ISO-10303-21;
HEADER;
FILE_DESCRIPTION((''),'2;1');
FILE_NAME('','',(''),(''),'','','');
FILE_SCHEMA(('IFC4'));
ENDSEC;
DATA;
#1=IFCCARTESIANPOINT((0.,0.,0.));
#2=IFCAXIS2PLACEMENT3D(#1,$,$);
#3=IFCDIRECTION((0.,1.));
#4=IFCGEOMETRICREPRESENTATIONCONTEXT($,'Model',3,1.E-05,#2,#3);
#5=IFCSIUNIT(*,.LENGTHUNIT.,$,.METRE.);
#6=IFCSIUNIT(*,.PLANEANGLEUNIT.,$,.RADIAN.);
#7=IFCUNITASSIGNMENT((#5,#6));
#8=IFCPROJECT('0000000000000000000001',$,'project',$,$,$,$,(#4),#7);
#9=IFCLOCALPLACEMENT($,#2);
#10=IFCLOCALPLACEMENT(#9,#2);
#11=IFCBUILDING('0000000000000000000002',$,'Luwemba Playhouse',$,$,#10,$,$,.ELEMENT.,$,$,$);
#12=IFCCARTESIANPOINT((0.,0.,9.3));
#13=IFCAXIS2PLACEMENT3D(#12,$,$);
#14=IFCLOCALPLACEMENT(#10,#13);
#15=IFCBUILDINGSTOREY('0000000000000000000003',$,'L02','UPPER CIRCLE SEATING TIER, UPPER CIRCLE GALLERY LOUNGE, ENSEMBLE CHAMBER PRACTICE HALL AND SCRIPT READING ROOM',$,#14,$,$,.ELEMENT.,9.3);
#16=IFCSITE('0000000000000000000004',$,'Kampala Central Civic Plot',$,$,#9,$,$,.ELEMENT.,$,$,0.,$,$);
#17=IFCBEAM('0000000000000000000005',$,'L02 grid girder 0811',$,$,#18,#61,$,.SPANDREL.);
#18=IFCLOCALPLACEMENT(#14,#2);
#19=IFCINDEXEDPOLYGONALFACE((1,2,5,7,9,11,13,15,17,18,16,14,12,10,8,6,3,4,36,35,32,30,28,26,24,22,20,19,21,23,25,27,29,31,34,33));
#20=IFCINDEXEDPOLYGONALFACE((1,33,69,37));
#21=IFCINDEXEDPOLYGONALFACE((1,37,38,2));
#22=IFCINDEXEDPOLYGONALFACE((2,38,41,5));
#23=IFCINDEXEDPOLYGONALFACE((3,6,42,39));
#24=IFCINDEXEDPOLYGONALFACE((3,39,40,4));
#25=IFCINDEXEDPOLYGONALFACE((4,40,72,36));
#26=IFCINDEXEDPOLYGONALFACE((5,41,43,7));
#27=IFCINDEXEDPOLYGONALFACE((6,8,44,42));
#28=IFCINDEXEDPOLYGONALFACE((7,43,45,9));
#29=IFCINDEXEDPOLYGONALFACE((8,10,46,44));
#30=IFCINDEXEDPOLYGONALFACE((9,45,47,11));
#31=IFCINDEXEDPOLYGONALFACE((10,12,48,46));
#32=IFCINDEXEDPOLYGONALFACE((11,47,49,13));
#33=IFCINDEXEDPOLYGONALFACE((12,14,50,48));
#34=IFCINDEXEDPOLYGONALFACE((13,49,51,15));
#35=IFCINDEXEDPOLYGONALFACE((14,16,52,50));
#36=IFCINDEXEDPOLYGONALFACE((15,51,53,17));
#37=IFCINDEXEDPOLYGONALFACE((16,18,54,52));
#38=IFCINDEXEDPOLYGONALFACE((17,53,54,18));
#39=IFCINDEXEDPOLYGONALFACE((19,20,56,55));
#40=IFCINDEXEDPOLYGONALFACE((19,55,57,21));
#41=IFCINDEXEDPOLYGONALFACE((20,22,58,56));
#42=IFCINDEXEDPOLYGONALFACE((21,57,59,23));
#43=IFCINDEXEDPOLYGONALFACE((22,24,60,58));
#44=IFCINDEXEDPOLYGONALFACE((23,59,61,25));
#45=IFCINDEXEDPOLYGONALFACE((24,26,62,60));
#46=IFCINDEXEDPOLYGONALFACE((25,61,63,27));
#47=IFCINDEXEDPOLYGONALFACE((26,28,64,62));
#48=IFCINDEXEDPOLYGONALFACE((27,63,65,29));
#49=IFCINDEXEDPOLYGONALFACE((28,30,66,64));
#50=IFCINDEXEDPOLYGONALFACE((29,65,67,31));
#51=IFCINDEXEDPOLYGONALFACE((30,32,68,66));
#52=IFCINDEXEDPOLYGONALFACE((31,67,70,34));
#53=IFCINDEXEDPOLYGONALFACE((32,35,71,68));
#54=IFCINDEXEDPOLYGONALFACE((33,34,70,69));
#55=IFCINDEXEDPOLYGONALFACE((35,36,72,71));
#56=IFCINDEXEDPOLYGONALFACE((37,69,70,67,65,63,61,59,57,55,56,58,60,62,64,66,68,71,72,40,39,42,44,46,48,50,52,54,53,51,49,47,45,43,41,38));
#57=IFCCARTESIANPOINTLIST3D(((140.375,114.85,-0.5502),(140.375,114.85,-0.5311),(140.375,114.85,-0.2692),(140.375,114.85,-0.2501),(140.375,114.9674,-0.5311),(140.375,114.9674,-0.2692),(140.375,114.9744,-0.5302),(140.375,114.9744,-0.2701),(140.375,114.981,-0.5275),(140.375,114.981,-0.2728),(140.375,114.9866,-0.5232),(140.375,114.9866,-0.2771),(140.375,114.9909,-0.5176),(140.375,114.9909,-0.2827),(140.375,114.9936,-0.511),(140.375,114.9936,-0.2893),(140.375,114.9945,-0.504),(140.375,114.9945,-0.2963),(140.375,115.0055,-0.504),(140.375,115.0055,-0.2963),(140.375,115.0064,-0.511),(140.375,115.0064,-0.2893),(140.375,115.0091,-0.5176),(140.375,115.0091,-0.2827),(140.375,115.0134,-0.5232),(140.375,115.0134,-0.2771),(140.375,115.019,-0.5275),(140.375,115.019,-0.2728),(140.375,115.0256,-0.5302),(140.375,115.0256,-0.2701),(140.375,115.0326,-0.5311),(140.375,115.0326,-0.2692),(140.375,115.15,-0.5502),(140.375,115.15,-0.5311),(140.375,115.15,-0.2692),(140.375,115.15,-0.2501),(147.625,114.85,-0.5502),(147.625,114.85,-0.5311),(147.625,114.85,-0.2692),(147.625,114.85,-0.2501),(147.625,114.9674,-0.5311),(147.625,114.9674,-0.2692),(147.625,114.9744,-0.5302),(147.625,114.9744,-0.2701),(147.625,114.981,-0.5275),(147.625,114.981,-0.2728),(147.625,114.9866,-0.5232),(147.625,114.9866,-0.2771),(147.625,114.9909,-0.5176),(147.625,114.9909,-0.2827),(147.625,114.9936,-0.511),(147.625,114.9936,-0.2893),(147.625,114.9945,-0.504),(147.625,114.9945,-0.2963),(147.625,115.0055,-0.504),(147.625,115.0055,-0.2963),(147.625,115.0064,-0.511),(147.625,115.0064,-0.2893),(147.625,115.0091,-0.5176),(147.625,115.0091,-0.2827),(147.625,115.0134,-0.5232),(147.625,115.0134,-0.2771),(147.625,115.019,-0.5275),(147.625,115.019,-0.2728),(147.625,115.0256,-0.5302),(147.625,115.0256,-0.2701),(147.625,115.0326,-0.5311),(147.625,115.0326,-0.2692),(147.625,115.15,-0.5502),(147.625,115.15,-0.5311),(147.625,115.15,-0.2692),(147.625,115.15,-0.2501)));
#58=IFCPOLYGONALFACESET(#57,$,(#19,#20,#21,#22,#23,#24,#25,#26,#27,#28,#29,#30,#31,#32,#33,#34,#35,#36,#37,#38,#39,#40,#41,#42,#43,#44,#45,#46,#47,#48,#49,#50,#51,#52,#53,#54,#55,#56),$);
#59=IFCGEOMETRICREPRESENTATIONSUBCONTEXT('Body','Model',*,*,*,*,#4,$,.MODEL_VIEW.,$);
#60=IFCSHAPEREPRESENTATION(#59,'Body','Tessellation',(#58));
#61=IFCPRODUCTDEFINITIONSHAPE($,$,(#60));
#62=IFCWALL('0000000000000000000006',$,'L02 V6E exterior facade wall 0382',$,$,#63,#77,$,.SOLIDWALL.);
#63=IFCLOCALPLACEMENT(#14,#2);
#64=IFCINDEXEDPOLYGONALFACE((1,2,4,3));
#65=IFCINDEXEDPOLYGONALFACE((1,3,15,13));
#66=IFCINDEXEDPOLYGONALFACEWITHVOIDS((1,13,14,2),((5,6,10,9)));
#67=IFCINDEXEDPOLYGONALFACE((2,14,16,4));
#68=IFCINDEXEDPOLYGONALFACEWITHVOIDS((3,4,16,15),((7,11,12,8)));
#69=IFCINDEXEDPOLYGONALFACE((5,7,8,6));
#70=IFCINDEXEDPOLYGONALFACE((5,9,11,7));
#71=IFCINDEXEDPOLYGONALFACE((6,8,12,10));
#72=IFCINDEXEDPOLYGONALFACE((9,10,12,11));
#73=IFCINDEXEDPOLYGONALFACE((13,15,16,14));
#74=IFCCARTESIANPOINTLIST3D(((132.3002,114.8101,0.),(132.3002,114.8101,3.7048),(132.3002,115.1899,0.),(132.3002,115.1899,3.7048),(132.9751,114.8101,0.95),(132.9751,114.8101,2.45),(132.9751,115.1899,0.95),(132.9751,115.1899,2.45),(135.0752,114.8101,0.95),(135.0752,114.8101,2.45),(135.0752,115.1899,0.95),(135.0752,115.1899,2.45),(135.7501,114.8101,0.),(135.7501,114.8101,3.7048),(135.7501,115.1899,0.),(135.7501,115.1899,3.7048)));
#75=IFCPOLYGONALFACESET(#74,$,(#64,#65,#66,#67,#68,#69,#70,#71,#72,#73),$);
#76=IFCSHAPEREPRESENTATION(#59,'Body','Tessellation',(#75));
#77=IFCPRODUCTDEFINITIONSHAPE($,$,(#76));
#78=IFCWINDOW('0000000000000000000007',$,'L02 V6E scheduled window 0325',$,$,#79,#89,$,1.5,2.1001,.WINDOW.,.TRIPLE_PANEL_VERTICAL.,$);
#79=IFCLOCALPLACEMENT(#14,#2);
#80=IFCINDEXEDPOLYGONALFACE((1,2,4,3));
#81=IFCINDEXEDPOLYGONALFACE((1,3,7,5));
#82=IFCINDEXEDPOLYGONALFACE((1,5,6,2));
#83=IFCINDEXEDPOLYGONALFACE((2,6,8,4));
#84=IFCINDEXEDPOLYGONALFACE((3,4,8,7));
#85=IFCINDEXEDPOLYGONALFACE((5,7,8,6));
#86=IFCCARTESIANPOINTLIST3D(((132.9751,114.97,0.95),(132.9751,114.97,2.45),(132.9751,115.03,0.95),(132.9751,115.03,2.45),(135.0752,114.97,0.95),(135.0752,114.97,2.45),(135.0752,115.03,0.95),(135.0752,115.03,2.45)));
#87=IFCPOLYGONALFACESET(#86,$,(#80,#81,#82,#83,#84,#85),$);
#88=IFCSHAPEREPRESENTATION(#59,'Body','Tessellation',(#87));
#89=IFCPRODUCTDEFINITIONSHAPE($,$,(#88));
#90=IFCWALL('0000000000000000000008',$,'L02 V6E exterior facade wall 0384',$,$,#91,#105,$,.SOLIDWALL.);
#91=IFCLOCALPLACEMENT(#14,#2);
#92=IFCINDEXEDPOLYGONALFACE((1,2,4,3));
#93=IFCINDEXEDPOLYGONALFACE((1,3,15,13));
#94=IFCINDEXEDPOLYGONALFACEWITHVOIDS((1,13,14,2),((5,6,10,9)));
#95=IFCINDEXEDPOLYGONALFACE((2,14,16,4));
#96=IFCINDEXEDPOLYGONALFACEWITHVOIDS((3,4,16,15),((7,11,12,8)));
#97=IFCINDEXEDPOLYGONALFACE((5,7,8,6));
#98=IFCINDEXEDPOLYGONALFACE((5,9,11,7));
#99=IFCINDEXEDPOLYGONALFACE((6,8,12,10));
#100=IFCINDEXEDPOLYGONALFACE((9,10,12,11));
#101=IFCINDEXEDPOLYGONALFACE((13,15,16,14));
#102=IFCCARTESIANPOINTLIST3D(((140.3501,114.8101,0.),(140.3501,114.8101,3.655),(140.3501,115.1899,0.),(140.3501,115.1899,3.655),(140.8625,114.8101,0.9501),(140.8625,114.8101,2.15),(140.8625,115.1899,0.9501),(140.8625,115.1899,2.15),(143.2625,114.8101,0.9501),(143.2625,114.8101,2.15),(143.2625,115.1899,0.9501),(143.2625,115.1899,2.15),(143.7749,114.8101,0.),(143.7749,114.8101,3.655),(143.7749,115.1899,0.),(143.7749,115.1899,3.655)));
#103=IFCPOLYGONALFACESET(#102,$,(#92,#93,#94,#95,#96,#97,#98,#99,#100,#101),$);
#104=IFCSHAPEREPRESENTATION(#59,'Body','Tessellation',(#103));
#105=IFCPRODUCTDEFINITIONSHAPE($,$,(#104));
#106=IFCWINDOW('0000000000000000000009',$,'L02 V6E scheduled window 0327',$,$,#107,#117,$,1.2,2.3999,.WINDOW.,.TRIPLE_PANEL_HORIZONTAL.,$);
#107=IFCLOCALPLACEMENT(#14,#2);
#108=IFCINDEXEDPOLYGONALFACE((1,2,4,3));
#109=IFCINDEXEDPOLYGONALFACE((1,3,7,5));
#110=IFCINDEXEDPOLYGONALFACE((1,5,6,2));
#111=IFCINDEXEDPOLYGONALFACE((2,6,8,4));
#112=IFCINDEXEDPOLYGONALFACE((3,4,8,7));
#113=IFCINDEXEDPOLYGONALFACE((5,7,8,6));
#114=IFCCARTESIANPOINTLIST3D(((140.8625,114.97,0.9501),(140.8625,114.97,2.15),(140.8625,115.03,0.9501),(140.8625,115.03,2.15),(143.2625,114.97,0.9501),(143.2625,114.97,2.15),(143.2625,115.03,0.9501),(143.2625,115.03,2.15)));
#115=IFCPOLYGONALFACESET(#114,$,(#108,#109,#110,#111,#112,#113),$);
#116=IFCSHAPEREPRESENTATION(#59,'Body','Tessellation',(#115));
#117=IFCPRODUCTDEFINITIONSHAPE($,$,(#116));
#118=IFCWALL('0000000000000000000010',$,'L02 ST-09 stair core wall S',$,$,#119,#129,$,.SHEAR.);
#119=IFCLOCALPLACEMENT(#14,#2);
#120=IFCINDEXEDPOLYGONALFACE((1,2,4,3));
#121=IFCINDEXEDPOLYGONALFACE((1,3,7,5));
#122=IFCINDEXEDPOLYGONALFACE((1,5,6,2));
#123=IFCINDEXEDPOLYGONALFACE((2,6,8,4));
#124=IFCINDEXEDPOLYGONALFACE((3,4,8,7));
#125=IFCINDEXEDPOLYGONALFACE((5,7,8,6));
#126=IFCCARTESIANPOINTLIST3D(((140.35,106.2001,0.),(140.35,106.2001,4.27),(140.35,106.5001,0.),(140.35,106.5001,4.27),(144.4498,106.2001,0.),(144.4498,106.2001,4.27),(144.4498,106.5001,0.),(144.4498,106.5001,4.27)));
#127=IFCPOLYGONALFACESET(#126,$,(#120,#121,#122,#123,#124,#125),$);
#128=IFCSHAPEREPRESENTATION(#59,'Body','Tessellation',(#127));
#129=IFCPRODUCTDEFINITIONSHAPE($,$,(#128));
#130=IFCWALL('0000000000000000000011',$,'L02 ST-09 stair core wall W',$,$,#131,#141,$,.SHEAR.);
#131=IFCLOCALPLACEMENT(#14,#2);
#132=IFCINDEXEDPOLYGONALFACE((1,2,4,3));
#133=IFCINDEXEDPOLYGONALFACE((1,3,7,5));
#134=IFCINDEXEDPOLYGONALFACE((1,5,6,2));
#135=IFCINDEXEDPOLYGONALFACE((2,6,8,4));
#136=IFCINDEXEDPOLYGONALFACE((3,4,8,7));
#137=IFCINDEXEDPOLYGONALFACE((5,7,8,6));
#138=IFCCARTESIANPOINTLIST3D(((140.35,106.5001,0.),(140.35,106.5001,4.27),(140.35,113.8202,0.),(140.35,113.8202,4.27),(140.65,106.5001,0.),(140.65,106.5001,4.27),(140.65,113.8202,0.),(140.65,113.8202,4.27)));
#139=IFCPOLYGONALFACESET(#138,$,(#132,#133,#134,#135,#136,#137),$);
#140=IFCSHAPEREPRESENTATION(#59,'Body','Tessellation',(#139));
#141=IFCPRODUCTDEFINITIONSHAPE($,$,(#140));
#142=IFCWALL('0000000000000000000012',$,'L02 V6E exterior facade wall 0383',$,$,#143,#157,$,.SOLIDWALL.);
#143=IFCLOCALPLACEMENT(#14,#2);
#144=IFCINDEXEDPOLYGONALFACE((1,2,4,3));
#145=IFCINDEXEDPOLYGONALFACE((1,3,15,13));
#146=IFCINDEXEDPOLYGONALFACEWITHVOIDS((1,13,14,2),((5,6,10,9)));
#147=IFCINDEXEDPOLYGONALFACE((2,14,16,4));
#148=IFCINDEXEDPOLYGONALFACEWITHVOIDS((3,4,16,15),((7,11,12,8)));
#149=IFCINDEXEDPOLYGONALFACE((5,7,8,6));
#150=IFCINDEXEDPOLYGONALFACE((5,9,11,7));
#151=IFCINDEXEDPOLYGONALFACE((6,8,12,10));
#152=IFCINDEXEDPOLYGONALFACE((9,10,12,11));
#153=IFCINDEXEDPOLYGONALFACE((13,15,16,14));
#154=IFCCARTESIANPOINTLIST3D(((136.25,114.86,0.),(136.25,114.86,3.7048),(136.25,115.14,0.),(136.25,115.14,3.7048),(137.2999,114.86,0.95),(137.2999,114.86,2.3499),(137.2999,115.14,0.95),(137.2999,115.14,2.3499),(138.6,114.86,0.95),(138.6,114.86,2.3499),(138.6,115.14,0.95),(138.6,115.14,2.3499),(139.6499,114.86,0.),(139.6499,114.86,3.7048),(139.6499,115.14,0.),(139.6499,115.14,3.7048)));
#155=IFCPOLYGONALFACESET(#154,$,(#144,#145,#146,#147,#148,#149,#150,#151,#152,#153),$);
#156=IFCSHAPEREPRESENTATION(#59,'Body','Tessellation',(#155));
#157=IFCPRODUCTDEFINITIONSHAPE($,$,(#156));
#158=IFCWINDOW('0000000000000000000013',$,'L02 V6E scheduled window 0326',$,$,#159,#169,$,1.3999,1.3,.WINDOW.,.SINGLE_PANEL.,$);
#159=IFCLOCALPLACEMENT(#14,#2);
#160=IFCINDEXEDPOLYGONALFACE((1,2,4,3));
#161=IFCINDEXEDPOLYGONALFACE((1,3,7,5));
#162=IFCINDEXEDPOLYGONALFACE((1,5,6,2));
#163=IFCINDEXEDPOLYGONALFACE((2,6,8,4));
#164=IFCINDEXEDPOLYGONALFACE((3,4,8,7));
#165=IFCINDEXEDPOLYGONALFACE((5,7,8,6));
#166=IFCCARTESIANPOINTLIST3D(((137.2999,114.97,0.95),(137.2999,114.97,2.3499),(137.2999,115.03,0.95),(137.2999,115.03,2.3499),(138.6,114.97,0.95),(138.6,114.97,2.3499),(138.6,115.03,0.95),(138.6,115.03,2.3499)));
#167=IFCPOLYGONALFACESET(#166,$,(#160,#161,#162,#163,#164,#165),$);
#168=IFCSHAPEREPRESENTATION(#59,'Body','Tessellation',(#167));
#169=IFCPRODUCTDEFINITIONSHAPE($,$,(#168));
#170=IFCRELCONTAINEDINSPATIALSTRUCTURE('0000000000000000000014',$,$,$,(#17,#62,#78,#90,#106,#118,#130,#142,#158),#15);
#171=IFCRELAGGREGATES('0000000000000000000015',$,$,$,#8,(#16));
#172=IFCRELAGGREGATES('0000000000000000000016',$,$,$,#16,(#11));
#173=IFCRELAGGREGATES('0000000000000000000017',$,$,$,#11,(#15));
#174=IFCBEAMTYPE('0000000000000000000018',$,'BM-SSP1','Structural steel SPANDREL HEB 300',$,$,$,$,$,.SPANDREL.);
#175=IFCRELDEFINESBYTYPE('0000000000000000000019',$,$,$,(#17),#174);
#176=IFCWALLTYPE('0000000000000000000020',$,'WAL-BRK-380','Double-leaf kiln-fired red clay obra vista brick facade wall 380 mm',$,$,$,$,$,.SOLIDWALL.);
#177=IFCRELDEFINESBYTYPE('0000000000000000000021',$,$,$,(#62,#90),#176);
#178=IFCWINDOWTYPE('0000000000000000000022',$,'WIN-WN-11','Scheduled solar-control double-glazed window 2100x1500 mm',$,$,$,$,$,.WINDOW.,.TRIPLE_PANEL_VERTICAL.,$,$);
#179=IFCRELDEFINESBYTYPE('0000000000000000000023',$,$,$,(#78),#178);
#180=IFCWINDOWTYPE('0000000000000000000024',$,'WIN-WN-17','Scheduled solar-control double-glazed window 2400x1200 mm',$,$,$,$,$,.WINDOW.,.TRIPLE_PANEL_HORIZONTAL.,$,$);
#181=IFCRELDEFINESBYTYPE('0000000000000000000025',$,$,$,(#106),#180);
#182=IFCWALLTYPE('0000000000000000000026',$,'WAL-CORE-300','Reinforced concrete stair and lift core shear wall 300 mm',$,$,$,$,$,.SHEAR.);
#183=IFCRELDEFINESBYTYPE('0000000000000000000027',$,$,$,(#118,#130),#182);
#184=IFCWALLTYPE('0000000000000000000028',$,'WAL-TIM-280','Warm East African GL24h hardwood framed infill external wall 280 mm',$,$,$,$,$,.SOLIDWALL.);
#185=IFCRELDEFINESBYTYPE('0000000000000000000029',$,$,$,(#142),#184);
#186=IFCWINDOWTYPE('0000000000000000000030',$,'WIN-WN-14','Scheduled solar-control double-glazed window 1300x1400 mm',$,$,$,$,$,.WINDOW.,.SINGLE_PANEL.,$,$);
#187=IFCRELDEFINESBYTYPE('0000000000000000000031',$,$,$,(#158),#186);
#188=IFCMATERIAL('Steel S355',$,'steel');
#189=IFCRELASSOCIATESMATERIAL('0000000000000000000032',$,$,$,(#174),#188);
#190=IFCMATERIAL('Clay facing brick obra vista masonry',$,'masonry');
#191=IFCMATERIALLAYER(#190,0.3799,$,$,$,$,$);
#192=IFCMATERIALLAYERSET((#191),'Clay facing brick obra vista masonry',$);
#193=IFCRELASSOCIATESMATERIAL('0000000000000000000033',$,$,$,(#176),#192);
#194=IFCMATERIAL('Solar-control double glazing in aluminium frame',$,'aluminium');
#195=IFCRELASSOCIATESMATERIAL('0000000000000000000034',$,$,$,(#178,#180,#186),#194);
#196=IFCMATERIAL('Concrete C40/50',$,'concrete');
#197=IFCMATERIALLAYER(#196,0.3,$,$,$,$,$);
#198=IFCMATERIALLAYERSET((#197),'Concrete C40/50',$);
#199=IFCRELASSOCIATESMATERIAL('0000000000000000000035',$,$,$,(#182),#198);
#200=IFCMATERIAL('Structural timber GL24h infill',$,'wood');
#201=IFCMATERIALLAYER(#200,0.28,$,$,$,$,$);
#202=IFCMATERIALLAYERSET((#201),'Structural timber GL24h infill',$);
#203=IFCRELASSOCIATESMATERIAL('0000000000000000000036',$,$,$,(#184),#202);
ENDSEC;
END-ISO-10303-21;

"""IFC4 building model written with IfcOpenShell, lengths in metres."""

from ifc_helpers import new_model, si_unit, direction, frame, frame_2d, origin, origin_2d, place, context, subcontext, project, spatial, rectangle, i_section, extrude, material, layer, layer_set, material_profile, profile_set, type_object, element, fill, save


model = new_model("IFC4")

# Units and contexts
model_context = context("Model", 3, precision=1e-05, world=origin(), true_north=direction((0.0, 1.0)))
body_context = subcontext(model_context, "Body", "Model", "MODEL_VIEW")
ifc_project = project(units=[si_unit("LENGTHUNIT", "METRE"), si_unit("PLANEANGLEUNIT", "RADIAN")], contexts=[model_context])

# Site, building, storey
site_placement = place(None, origin())
site = spatial("IfcSite", under=ifc_project, at=site_placement, Name="Kampala Central Civic Plot", CompositionType="ELEMENT", RefElevation=0.0)
building_placement = place(site_placement, origin())
building = spatial("IfcBuilding", under=site, at=building_placement, Name="Luwemba Playhouse", CompositionType="ELEMENT")
storey_placement = place(building_placement, frame((0.0, 0.0, 9.3)))
storey = spatial("IfcBuildingStorey", under=building, at=storey_placement, Name="L02", Description="UPPER CIRCLE SEATING TIER, UPPER CIRCLE GALLERY LOUNGE, ENSEMBLE CHAMBER PRACTICE HALL AND SCRIPT READING ROOM", CompositionType="ELEMENT", Elevation=9.3)

# Shared definitions
ifc_material_1 = material(Name="Concrete C40/50", Category="concrete")

# Beam
ifc_material_2 = material(Name="Steel S355", Category="steel")
ifc_material_profile_1 = material_profile(ifc_material_2, i_section(OverallWidth=0.3, OverallDepth=0.3, WebThickness=0.011, FlangeThickness=0.019, FilletRadius=0.0271, at=origin_2d()))
ifc_profile_set_1 = profile_set([ifc_material_profile_1], Name="Steel S355")
beam_type_1 = type_object("IfcBeamType", Name="BM-SSP1", Description="Structural steel SPANDREL HEB 300", PredefinedType="SPANDREL", material=ifc_profile_set_1)
beam_1_placement = place(storey_placement, frame((140.375, 115.0, -0.4001), z_axis=(1.0, 0.0, 0.0), x_axis=(0.0, 1.0, 0.0)))
element("IfcBeam", 1, at=beam_1_placement, inside=storey, type_object=beam_type_1, Name="L02 grid girder 0811", PredefinedType="SPANDREL", context=body_context, shape_type="SweptSolid", body=[
    extrude(i_section(OverallWidth=0.3, OverallDepth=0.3, WebThickness=0.011, FlangeThickness=0.019, FilletRadius=0.0271, at=origin_2d()), origin(), (0.0, 0.0, 1.0), 7.25),
])

# Walls, openings, windows
ifc_material_3 = material(Name="Clay facing brick obra vista masonry", Category="masonry")
ifc_layer_1 = layer(ifc_material_3, 0.3799)
ifc_layer_set_1 = layer_set([ifc_layer_1], Name="Clay facing brick obra vista masonry")
wall_type_1 = type_object("IfcWallType", Name="WAL-BRK-380", Description="Double-leaf kiln-fired red clay obra vista brick facade wall 380 mm", PredefinedType="SOLIDWALL", material=ifc_layer_set_1)
wall_1_placement = place(storey_placement, frame((132.3, 115.0, 0.0), z_axis=(0.0, 0.0, 1.0), x_axis=(1.0, 0.0, 0.0)))
wall_1 = element("IfcWall", 2, at=wall_1_placement, inside=storey, type_object=wall_type_1, Name="L02 V6E exterior facade wall 0382", PredefinedType="SOLIDWALL", context=body_context, shape_type="SweptSolid", body=[
    extrude(rectangle(XDim=3.45, YDim=0.3799, at=frame_2d((1.7251, 0.0))), origin(), (0.0, 0.0, 1.0), 3.7048),
])
opening_1_placement = place(wall_1_placement, frame((0.675, 0.0, 0.95)))
opening_1 = element("IfcOpeningElement", 3, at=opening_1_placement, cuts=wall_1, PredefinedType="OPENING", context=body_context, shape_type="SweptSolid", body=[
    extrude(rectangle(XDim=2.1001, YDim=1.5, at=frame_2d((1.05, 0.75))), frame((0.0, 0.2, 0.0), z_axis=(0.0, -1.0, 0.0), x_axis=(1.0, 0.0, 0.0)), (0.0, 0.0, 1.0), 0.3999),
])
ifc_material_4 = material(Name="Solar-control double glazing in aluminium frame", Category="aluminium")
window_type_1 = type_object("IfcWindowType", Name="WIN-WN-11", Description="Scheduled solar-control double-glazed window 2100x1500 mm", PartitioningType="TRIPLE_PANEL_VERTICAL", PredefinedType="WINDOW", material=ifc_material_4)
window_1_placement = place(opening_1_placement, origin())
window_1 = element("IfcWindow", 4, at=window_1_placement, inside=storey, type_object=window_type_1, Name="L02 V6E scheduled window 0325", OverallHeight=1.5, OverallWidth=2.1001, PartitioningType="TRIPLE_PANEL_VERTICAL", PredefinedType="WINDOW", context=body_context, shape_type="SweptSolid", body=[
    extrude(rectangle(XDim=2.1001, YDim=1.5, at=frame_2d((1.05, 0.75))), frame((0.0, 0.03, 0.0), z_axis=(0.0, -1.0, 0.0), x_axis=(1.0, 0.0, 0.0)), (0.0, 0.0, 1.0), 0.0601),
])
fill(opening_1, window_1)
wall_2_placement = place(storey_placement, frame((140.3501, 115.0, 0.0), z_axis=(0.0, 0.0, 1.0), x_axis=(1.0, 0.0, 0.0)))
wall_2 = element("IfcWall", 5, at=wall_2_placement, inside=storey, type_object=wall_type_1, Name="L02 V6E exterior facade wall 0384", PredefinedType="SOLIDWALL", context=body_context, shape_type="SweptSolid", body=[
    extrude(rectangle(XDim=3.4248, YDim=0.3799, at=frame_2d((1.7124, 0.0))), origin(), (0.0, 0.0, 1.0), 3.655),
])
opening_2_placement = place(wall_2_placement, frame((0.5125, 0.0, 0.95)))
opening_2 = element("IfcOpeningElement", 6, at=opening_2_placement, cuts=wall_2, PredefinedType="OPENING", context=body_context, shape_type="SweptSolid", body=[
    extrude(rectangle(XDim=2.3999, YDim=1.2, at=frame_2d((1.2, 0.6001))), frame((0.0, 0.2, 0.0), z_axis=(0.0, -1.0, 0.0), x_axis=(1.0, 0.0, 0.0)), (0.0, 0.0, 1.0), 0.3999),
])
window_type_2 = type_object("IfcWindowType", Name="WIN-WN-17", Description="Scheduled solar-control double-glazed window 2400x1200 mm", PartitioningType="TRIPLE_PANEL_HORIZONTAL", PredefinedType="WINDOW", material=ifc_material_4)
window_2_placement = place(opening_2_placement, origin())
window_2 = element("IfcWindow", 7, at=window_2_placement, inside=storey, type_object=window_type_2, Name="L02 V6E scheduled window 0327", OverallHeight=1.2, OverallWidth=2.3999, PartitioningType="TRIPLE_PANEL_HORIZONTAL", PredefinedType="WINDOW", context=body_context, shape_type="SweptSolid", body=[
    extrude(rectangle(XDim=2.3999, YDim=1.2, at=frame_2d((1.2, 0.6001))), frame((0.0, 0.03, 0.0), z_axis=(0.0, -1.0, 0.0), x_axis=(1.0, 0.0, 0.0)), (0.0, 0.0, 1.0), 0.0601),
])
fill(opening_2, window_2)

# Walls
ifc_layer_2 = layer(ifc_material_1, 0.3)
ifc_layer_set_2 = layer_set([ifc_layer_2], Name="Concrete C40/50")
wall_type_2 = type_object("IfcWallType", Name="WAL-CORE-300", Description="Reinforced concrete stair and lift core shear wall 300 mm", PredefinedType="SHEAR", material=ifc_layer_set_2)
wall_3_placement = place(storey_placement, frame((140.3501, 106.3501, 0.0), z_axis=(0.0, 0.0, 1.0), x_axis=(1.0, 0.0, 0.0)))
element("IfcWall", 8, at=wall_3_placement, inside=storey, type_object=wall_type_2, Name="L02 ST-09 stair core wall S", PredefinedType="SHEAR", context=body_context, shape_type="SweptSolid", body=[
    extrude(rectangle(XDim=4.0999, YDim=0.3, at=frame_2d((2.0498, 0.0))), origin(), (0.0, 0.0, 1.0), 4.27),
])
wall_4_placement = place(storey_placement, frame((140.5, 106.5, 0.0), z_axis=(0.0, 0.0, 1.0), x_axis=(0.0, 1.0, 0.0)))
element("IfcWall", 9, at=wall_4_placement, inside=storey, type_object=wall_type_2, Name="L02 ST-09 stair core wall W", PredefinedType="SHEAR", context=body_context, shape_type="SweptSolid", body=[
    extrude(rectangle(XDim=7.3201, YDim=0.3, at=frame_2d((3.6602, 0.0))), origin(), (0.0, 0.0, 1.0), 4.27),
])

# Wall, opening, window
ifc_material_5 = material(Name="Structural timber GL24h infill", Category="wood")
ifc_layer_3 = layer(ifc_material_5, 0.28)
ifc_layer_set_3 = layer_set([ifc_layer_3], Name="Structural timber GL24h infill")
wall_type_3 = type_object("IfcWallType", Name="WAL-TIM-280", Description="Warm East African GL24h hardwood framed infill external wall 280 mm", PredefinedType="SOLIDWALL", material=ifc_layer_set_3)
wall_5_placement = place(storey_placement, frame((136.25, 115.0, 0.0), z_axis=(0.0, 0.0, 1.0), x_axis=(1.0, 0.0, 0.0)))
wall_5 = element("IfcWall", 10, at=wall_5_placement, inside=storey, type_object=wall_type_3, Name="L02 V6E exterior facade wall 0383", PredefinedType="SOLIDWALL", context=body_context, shape_type="SweptSolid", body=[
    extrude(rectangle(XDim=3.3999, YDim=0.28, at=frame_2d((1.7, 0.0))), origin(), (0.0, 0.0, 1.0), 3.7048),
])
opening_3_placement = place(wall_5_placement, frame((1.05, 0.0, 0.95)))
opening_3 = element("IfcOpeningElement", 11, at=opening_3_placement, cuts=wall_5, PredefinedType="OPENING", context=body_context, shape_type="SweptSolid", body=[
    extrude(rectangle(XDim=1.3, YDim=1.3999, at=frame_2d((0.6499, 0.7))), frame((0.0, 0.1499, 0.0), z_axis=(0.0, -1.0, 0.0), x_axis=(1.0, 0.0, 0.0)), (0.0, 0.0, 1.0), 0.3),
])
window_type_3 = type_object("IfcWindowType", Name="WIN-WN-14", Description="Scheduled solar-control double-glazed window 1300x1400 mm", PartitioningType="SINGLE_PANEL", PredefinedType="WINDOW", material=ifc_material_4)
window_3_placement = place(opening_3_placement, origin())
window_3 = element("IfcWindow", 12, at=window_3_placement, inside=storey, type_object=window_type_3, Name="L02 V6E scheduled window 0326", OverallHeight=1.3999, OverallWidth=1.3, PartitioningType="SINGLE_PANEL", PredefinedType="WINDOW", context=body_context, shape_type="SweptSolid", body=[
    extrude(rectangle(XDim=1.3, YDim=1.3999, at=frame_2d((0.6499, 0.7))), frame((0.0, 0.03, 0.0), z_axis=(0.0, -1.0, 0.0), x_axis=(1.0, 0.0, 0.0)), (0.0, 0.0, 1.0), 0.0601),
])
fill(opening_3, window_3)

save(model, "model.ifc")
